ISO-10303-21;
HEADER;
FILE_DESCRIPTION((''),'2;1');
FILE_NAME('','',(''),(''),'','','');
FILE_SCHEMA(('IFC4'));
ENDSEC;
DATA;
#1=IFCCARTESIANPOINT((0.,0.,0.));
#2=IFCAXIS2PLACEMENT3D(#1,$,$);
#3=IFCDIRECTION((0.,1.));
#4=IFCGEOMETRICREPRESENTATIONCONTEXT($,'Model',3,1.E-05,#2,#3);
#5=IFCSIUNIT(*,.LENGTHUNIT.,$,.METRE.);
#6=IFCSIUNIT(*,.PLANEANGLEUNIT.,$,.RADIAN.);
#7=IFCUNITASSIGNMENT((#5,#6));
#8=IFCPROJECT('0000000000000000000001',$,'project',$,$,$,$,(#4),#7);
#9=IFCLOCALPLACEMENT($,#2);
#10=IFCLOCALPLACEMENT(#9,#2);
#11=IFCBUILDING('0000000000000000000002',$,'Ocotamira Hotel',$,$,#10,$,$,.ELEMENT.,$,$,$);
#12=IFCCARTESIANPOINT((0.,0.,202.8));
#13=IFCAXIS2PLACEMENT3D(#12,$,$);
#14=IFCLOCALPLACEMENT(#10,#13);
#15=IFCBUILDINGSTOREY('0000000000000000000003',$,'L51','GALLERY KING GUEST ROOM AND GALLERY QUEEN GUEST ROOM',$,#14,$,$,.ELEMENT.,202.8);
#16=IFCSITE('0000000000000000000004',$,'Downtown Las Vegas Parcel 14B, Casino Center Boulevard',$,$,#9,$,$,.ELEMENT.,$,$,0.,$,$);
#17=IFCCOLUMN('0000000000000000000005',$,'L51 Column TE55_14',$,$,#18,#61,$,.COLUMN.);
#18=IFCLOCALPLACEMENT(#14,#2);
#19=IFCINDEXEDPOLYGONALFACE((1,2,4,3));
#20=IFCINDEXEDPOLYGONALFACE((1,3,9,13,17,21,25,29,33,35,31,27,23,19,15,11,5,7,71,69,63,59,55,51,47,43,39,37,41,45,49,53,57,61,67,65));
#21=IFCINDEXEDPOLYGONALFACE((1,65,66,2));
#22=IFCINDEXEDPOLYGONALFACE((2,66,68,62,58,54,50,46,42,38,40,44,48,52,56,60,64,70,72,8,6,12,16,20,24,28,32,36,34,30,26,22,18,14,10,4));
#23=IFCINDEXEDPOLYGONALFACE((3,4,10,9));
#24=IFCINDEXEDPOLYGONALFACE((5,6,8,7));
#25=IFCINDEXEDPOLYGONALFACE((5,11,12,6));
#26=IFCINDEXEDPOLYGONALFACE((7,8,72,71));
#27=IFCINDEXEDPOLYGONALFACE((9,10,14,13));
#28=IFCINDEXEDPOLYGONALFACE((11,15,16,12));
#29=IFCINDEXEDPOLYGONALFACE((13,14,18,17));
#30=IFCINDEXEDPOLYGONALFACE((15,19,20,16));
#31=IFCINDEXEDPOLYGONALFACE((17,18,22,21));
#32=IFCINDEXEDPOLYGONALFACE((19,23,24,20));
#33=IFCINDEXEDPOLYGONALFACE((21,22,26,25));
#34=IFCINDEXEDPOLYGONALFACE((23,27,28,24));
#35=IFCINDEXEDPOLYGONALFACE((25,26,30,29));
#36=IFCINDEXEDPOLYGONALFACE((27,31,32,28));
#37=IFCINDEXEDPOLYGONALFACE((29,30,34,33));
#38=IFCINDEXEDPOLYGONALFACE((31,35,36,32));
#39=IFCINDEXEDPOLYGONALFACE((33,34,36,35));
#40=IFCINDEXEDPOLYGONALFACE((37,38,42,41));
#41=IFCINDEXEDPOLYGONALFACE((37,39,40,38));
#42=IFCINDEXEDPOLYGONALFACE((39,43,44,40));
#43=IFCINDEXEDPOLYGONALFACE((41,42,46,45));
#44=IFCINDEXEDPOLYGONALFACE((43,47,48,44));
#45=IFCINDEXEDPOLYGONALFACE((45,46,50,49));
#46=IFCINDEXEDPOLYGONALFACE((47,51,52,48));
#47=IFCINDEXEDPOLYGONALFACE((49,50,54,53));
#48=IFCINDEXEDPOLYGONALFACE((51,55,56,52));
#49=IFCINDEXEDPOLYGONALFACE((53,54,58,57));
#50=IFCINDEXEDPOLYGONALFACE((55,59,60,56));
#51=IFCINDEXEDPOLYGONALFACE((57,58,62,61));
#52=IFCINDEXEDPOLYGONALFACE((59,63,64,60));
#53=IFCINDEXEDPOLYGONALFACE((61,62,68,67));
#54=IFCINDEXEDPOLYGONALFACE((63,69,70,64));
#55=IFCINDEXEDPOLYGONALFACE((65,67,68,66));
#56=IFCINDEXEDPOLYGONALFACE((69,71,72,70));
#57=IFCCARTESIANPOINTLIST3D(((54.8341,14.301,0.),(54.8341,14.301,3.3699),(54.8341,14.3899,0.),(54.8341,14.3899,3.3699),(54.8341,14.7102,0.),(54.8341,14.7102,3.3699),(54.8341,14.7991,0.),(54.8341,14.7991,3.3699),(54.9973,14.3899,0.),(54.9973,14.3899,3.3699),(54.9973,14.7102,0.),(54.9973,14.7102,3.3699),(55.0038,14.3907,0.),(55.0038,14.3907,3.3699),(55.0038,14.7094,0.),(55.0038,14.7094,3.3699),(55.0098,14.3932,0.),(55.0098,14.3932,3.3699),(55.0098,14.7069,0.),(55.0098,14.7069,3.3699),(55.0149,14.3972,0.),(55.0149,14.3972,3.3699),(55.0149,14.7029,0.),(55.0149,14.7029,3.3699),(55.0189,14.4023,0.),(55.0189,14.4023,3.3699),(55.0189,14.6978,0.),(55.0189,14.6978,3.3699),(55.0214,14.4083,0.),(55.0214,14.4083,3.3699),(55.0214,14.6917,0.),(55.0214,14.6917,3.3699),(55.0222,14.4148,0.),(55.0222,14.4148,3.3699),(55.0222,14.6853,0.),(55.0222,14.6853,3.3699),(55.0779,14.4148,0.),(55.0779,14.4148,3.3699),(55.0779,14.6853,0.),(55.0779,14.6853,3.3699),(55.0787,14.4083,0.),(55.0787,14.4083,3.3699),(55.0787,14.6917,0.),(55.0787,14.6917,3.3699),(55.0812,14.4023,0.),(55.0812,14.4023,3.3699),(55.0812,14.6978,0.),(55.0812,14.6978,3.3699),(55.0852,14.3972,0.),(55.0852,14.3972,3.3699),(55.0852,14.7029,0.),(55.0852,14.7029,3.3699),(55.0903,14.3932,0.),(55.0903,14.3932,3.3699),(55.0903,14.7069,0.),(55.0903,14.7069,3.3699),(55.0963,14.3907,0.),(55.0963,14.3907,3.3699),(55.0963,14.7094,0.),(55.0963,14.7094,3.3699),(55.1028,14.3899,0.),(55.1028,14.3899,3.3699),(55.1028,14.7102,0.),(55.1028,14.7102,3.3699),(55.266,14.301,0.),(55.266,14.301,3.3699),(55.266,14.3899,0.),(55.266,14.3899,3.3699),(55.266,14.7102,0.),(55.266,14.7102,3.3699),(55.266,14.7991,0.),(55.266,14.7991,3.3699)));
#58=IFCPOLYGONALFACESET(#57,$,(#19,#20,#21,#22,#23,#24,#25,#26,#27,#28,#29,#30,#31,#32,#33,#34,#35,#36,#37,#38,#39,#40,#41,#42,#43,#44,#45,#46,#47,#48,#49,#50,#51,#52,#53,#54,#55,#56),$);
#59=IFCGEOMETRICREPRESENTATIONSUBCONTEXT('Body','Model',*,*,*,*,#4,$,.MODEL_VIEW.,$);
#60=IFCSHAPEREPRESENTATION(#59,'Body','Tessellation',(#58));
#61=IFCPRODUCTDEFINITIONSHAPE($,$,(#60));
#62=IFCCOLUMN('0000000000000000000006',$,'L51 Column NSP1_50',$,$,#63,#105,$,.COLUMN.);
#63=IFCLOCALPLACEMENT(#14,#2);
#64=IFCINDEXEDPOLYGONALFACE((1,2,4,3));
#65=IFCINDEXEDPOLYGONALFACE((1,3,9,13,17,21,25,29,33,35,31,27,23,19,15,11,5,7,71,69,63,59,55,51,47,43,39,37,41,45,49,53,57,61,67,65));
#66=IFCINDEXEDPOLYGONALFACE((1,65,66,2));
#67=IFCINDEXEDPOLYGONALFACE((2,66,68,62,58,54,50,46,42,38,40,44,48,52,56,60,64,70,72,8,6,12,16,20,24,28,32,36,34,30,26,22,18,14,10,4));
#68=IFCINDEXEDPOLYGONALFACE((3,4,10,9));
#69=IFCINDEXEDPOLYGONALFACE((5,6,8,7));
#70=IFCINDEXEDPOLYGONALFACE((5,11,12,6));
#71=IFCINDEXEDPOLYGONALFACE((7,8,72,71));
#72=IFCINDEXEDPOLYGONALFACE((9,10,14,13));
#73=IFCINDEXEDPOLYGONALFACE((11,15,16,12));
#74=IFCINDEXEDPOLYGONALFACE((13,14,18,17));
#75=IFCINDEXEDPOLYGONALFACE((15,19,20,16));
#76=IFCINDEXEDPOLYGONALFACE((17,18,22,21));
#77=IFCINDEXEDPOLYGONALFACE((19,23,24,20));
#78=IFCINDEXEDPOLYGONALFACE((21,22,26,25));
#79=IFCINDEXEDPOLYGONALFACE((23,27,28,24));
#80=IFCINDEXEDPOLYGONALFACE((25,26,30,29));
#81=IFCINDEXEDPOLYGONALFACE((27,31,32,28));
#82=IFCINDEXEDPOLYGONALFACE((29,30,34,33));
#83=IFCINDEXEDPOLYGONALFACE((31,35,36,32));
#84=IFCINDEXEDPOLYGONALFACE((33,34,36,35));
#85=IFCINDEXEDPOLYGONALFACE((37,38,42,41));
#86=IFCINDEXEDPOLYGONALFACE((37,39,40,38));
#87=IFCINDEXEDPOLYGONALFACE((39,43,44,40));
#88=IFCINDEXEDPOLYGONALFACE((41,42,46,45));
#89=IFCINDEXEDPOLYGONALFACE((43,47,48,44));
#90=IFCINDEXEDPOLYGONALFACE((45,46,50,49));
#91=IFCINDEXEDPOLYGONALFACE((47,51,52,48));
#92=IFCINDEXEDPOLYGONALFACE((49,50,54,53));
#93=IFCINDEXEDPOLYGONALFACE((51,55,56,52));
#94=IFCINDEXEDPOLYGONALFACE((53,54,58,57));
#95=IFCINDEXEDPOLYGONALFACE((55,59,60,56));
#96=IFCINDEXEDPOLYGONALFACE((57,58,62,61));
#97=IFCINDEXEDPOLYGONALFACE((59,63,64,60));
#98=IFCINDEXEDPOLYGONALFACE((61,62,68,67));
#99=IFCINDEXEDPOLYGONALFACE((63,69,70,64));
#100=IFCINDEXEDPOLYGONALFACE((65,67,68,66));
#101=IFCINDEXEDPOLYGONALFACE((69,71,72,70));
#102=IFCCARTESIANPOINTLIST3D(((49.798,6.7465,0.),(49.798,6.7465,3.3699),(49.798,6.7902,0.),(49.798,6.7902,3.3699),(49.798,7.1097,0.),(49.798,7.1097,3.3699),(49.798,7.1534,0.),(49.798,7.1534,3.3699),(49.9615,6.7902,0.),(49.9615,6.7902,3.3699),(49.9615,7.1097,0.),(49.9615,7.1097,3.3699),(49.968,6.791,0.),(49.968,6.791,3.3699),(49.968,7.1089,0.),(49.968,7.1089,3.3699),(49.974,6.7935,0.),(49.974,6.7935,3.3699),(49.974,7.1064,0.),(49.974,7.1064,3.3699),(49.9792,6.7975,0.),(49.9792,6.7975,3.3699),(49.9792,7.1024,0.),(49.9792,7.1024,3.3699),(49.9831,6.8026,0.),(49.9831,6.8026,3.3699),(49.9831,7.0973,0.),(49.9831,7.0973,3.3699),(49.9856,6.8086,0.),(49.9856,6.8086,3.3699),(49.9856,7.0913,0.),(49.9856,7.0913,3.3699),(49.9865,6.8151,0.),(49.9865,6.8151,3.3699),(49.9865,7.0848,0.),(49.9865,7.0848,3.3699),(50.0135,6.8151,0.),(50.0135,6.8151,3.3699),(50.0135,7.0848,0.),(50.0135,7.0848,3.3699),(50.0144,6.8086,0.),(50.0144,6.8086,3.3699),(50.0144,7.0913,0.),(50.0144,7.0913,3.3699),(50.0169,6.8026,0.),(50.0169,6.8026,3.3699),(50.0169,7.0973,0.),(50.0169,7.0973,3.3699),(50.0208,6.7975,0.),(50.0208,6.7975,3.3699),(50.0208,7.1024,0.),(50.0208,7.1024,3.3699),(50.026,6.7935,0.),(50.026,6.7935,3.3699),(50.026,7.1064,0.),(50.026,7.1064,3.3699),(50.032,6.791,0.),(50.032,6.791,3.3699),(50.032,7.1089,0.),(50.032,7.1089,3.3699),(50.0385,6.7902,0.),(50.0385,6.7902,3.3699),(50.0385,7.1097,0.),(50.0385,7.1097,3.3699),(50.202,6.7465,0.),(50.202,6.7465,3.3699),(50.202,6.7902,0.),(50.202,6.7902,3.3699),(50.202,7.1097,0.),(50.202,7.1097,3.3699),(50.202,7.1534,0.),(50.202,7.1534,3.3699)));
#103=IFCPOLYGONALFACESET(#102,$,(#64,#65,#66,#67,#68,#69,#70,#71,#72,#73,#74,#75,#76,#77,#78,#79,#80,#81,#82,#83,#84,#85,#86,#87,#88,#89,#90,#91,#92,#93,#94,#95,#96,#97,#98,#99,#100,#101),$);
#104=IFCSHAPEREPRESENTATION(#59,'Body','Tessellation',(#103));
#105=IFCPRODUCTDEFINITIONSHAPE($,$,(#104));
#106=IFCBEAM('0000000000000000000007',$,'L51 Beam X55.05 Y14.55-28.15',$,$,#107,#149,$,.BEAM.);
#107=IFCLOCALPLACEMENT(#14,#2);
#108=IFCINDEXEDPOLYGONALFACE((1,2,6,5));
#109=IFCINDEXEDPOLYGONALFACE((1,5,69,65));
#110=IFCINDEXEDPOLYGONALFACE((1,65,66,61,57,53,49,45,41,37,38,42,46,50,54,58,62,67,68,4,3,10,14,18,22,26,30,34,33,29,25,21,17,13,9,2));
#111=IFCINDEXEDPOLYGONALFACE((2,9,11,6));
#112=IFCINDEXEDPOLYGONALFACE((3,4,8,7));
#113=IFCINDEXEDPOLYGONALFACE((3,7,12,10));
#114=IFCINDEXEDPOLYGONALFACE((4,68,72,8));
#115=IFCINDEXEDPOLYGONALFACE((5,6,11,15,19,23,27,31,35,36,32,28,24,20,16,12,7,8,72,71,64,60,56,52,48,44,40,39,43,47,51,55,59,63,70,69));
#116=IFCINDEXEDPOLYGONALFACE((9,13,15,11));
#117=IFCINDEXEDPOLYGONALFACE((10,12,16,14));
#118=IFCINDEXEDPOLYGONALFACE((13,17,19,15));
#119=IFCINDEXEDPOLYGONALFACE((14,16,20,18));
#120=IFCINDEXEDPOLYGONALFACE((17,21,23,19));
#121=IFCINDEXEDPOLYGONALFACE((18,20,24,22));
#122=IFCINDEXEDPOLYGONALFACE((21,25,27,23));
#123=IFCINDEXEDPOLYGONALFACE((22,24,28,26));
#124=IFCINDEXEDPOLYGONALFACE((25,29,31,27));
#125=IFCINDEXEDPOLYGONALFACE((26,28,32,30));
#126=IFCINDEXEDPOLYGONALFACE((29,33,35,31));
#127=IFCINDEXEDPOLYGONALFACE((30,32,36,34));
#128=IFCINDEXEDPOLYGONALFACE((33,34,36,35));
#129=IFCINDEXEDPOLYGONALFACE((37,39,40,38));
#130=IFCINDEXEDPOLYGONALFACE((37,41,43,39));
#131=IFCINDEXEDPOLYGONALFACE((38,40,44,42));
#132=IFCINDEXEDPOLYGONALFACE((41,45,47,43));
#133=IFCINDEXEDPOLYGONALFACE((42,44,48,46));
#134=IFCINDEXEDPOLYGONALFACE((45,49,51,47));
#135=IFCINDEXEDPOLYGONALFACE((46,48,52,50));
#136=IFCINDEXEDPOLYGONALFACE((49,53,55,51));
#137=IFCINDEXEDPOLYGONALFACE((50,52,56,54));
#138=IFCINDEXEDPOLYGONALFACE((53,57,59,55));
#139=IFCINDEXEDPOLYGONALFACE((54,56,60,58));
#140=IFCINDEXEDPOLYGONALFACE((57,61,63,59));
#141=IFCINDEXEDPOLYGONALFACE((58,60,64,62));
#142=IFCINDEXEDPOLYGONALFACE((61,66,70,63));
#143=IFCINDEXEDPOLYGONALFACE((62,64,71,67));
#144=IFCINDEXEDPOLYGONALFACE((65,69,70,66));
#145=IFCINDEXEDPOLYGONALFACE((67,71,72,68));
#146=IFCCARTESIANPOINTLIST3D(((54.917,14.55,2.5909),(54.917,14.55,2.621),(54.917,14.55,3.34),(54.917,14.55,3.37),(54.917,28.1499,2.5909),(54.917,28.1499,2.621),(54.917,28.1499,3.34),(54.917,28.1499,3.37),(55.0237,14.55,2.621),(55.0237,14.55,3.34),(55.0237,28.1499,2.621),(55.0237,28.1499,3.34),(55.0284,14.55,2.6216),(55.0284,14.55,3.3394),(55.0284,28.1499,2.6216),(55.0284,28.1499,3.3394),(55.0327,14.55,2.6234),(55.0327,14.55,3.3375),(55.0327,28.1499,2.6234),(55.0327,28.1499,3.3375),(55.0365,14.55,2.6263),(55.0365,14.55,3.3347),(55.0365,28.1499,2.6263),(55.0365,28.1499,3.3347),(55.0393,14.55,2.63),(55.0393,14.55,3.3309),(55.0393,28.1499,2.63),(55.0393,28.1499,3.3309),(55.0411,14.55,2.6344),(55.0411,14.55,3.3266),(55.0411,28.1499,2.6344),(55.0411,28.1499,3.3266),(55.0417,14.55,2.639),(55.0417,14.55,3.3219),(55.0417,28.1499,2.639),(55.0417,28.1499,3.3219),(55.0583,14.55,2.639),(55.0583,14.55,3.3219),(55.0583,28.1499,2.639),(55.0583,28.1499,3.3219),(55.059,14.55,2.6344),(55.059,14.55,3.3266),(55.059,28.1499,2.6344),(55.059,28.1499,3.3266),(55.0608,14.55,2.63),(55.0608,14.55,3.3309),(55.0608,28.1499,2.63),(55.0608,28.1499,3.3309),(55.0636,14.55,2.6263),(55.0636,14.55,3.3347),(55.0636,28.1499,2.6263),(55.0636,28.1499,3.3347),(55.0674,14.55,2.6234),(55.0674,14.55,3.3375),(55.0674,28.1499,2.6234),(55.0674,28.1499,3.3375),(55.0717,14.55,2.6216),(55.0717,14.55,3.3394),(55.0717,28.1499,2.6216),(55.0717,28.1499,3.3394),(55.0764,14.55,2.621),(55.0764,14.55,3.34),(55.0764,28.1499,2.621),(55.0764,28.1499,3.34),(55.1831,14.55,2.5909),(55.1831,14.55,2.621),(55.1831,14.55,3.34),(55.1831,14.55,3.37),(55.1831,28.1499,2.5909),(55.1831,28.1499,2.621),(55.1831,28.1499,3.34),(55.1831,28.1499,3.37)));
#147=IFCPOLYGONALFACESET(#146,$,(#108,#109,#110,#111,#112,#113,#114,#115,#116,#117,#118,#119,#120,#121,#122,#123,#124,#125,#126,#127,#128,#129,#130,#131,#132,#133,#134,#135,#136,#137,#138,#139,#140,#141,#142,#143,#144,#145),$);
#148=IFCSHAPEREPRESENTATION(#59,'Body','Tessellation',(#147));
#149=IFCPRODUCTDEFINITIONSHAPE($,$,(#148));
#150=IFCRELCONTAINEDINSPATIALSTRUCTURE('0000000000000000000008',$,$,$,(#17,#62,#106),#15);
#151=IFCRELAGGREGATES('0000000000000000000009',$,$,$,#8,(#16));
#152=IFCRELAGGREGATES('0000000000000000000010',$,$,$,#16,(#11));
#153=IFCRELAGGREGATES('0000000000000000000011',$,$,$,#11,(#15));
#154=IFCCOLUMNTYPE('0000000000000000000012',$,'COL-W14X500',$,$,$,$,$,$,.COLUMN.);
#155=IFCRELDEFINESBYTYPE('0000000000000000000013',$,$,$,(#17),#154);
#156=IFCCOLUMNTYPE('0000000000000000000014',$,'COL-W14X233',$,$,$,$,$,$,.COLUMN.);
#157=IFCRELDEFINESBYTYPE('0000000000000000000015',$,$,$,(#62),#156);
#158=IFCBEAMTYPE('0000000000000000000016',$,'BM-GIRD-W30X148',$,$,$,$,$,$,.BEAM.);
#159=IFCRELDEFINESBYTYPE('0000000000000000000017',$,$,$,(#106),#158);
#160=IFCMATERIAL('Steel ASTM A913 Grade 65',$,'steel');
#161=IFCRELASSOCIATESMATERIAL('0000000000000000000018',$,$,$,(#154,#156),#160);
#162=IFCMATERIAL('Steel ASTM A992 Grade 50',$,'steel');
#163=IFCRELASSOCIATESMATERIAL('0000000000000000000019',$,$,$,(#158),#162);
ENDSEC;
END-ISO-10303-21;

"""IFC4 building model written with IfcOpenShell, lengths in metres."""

from ifc_helpers import new_model, si_unit, direction, frame, origin, origin_2d, place, context, subcontext, project, spatial, i_section, extrude, source, transform, mapped, material, material_profile, profile_set, type_object, element, save


model = new_model("IFC4")

# Units and contexts
model_context = context("Model", 3, precision=1e-05, world=origin(), true_north=direction((0.0, 1.0)))
body_context = subcontext(model_context, "Body", "Model", "MODEL_VIEW")
ifc_project = project(units=[si_unit("LENGTHUNIT", "METRE"), si_unit("PLANEANGLEUNIT", "RADIAN")], contexts=[model_context])

# Site, building, storey
site_placement = place(None, origin())
site = spatial("IfcSite", under=ifc_project, at=site_placement, Name="Downtown Las Vegas Parcel 14B, Casino Center Boulevard", CompositionType="ELEMENT", RefElevation=0.0)
building_placement = place(site_placement, origin())
building = spatial("IfcBuilding", under=site, at=building_placement, Name="Ocotamira Hotel", CompositionType="ELEMENT")
storey_placement = place(building_placement, frame((0.0, 0.0, 202.8)))
storey = spatial("IfcBuildingStorey", under=building, at=storey_placement, Name="L51", Description="GALLERY KING GUEST ROOM AND GALLERY QUEEN GUEST ROOM", CompositionType="ELEMENT", Elevation=202.8)

# Columns
ifc_material_1 = material(Name="Steel ASTM A913 Grade 65", Category="steel")
ifc_material_profile_1 = material_profile(ifc_material_1, i_section(OverallWidth=0.4319, OverallDepth=0.498, WebThickness=0.0557, FlangeThickness=0.0889, FilletRadius=0.0249, at=origin_2d()), Name="W14X500")
ifc_profile_set_1 = profile_set([ifc_material_profile_1], Name="Steel ASTM A913 Grade 65")
column_type_1 = type_object("IfcColumnType", Name="COL-W14X500", PredefinedType="COLUMN", material=ifc_profile_set_1)
shared_shape_1 = source(origin(), body_context, "Body", "SweptSolid", [
    extrude(i_section(OverallWidth=0.4319, OverallDepth=0.498, WebThickness=0.0557, FlangeThickness=0.0889, FilletRadius=0.0249, at=origin_2d()), origin(), (0.0, 0.0, 1.0), 3.3699),
])
column_1_placement = place(storey_placement, frame((55.05, 14.55, 0.0), z_axis=(0.0, 0.0, 1.0), x_axis=(1.0, 0.0, 0.0)))
element("IfcColumn", 1, at=column_1_placement, inside=storey, type_object=column_type_1, Name="L51 Column TE55_14", PredefinedType="COLUMN", context=body_context, shape_type="MappedRepresentation", body=[
    mapped(shared_shape_1, transform((0.0, 0.0, 0.0), scale=1.0)),
])
ifc_material_profile_2 = material_profile(ifc_material_1, i_section(OverallWidth=0.4041, OverallDepth=0.407, WebThickness=0.0271, FlangeThickness=0.0437, FilletRadius=0.0249, at=origin_2d()), Name="W14X233")
ifc_profile_set_2 = profile_set([ifc_material_profile_2], Name="Steel ASTM A913 Grade 65")
column_type_2 = type_object("IfcColumnType", Name="COL-W14X233", PredefinedType="COLUMN", material=ifc_profile_set_2)
shared_shape_2 = source(origin(), body_context, "Body", "SweptSolid", [
    extrude(i_section(OverallWidth=0.4041, OverallDepth=0.407, WebThickness=0.0271, FlangeThickness=0.0437, FilletRadius=0.0249, at=origin_2d()), origin(), (0.0, 0.0, 1.0), 3.3699),
])
column_2_placement = place(storey_placement, frame((50.0, 6.95, 0.0), z_axis=(0.0, 0.0, 1.0), x_axis=(1.0, 0.0, 0.0)))
element("IfcColumn", 2, at=column_2_placement, inside=storey, type_object=column_type_2, Name="L51 Column NSP1_50", PredefinedType="COLUMN", context=body_context, shape_type="MappedRepresentation", body=[
    mapped(shared_shape_2, transform((0.0, 0.0, 0.0), scale=1.0)),
])

# Beam
ifc_material_2 = material(Name="Steel ASTM A992 Grade 50", Category="steel")
ifc_material_profile_3 = material_profile(ifc_material_2, i_section(OverallWidth=0.2661, OverallDepth=0.7791, WebThickness=0.0166, FlangeThickness=0.03, FilletRadius=0.0181, at=origin_2d()), Name="W30X148")
ifc_profile_set_3 = profile_set([ifc_material_profile_3], Name="Steel ASTM A992 Grade 50")
beam_type_1 = type_object("IfcBeamType", Name="BM-GIRD-W30X148", PredefinedType="BEAM", material=ifc_profile_set_3)
shared_shape_3 = source(origin(), body_context, "Body", "SweptSolid", [
    extrude(i_section(OverallWidth=0.2661, OverallDepth=0.7791, WebThickness=0.0166, FlangeThickness=0.03, FilletRadius=0.0181, at=origin_2d()), origin(), (0.0, 0.0, 1.0), 13.5999),
])
beam_1_placement = place(storey_placement, frame((55.05, 14.55, 2.9805), z_axis=(0.0, 1.0, 0.0), x_axis=(-1.0, 0.0, 0.0)))
element("IfcBeam", 3, at=beam_1_placement, inside=storey, type_object=beam_type_1, Name="L51 Beam X55.05 Y14.55-28.15", PredefinedType="BEAM", context=body_context, shape_type="MappedRepresentation", body=[
    mapped(shared_shape_3, transform((0.0, 0.0, 0.0), scale=1.0)),
])

save(model, "model.ifc")
